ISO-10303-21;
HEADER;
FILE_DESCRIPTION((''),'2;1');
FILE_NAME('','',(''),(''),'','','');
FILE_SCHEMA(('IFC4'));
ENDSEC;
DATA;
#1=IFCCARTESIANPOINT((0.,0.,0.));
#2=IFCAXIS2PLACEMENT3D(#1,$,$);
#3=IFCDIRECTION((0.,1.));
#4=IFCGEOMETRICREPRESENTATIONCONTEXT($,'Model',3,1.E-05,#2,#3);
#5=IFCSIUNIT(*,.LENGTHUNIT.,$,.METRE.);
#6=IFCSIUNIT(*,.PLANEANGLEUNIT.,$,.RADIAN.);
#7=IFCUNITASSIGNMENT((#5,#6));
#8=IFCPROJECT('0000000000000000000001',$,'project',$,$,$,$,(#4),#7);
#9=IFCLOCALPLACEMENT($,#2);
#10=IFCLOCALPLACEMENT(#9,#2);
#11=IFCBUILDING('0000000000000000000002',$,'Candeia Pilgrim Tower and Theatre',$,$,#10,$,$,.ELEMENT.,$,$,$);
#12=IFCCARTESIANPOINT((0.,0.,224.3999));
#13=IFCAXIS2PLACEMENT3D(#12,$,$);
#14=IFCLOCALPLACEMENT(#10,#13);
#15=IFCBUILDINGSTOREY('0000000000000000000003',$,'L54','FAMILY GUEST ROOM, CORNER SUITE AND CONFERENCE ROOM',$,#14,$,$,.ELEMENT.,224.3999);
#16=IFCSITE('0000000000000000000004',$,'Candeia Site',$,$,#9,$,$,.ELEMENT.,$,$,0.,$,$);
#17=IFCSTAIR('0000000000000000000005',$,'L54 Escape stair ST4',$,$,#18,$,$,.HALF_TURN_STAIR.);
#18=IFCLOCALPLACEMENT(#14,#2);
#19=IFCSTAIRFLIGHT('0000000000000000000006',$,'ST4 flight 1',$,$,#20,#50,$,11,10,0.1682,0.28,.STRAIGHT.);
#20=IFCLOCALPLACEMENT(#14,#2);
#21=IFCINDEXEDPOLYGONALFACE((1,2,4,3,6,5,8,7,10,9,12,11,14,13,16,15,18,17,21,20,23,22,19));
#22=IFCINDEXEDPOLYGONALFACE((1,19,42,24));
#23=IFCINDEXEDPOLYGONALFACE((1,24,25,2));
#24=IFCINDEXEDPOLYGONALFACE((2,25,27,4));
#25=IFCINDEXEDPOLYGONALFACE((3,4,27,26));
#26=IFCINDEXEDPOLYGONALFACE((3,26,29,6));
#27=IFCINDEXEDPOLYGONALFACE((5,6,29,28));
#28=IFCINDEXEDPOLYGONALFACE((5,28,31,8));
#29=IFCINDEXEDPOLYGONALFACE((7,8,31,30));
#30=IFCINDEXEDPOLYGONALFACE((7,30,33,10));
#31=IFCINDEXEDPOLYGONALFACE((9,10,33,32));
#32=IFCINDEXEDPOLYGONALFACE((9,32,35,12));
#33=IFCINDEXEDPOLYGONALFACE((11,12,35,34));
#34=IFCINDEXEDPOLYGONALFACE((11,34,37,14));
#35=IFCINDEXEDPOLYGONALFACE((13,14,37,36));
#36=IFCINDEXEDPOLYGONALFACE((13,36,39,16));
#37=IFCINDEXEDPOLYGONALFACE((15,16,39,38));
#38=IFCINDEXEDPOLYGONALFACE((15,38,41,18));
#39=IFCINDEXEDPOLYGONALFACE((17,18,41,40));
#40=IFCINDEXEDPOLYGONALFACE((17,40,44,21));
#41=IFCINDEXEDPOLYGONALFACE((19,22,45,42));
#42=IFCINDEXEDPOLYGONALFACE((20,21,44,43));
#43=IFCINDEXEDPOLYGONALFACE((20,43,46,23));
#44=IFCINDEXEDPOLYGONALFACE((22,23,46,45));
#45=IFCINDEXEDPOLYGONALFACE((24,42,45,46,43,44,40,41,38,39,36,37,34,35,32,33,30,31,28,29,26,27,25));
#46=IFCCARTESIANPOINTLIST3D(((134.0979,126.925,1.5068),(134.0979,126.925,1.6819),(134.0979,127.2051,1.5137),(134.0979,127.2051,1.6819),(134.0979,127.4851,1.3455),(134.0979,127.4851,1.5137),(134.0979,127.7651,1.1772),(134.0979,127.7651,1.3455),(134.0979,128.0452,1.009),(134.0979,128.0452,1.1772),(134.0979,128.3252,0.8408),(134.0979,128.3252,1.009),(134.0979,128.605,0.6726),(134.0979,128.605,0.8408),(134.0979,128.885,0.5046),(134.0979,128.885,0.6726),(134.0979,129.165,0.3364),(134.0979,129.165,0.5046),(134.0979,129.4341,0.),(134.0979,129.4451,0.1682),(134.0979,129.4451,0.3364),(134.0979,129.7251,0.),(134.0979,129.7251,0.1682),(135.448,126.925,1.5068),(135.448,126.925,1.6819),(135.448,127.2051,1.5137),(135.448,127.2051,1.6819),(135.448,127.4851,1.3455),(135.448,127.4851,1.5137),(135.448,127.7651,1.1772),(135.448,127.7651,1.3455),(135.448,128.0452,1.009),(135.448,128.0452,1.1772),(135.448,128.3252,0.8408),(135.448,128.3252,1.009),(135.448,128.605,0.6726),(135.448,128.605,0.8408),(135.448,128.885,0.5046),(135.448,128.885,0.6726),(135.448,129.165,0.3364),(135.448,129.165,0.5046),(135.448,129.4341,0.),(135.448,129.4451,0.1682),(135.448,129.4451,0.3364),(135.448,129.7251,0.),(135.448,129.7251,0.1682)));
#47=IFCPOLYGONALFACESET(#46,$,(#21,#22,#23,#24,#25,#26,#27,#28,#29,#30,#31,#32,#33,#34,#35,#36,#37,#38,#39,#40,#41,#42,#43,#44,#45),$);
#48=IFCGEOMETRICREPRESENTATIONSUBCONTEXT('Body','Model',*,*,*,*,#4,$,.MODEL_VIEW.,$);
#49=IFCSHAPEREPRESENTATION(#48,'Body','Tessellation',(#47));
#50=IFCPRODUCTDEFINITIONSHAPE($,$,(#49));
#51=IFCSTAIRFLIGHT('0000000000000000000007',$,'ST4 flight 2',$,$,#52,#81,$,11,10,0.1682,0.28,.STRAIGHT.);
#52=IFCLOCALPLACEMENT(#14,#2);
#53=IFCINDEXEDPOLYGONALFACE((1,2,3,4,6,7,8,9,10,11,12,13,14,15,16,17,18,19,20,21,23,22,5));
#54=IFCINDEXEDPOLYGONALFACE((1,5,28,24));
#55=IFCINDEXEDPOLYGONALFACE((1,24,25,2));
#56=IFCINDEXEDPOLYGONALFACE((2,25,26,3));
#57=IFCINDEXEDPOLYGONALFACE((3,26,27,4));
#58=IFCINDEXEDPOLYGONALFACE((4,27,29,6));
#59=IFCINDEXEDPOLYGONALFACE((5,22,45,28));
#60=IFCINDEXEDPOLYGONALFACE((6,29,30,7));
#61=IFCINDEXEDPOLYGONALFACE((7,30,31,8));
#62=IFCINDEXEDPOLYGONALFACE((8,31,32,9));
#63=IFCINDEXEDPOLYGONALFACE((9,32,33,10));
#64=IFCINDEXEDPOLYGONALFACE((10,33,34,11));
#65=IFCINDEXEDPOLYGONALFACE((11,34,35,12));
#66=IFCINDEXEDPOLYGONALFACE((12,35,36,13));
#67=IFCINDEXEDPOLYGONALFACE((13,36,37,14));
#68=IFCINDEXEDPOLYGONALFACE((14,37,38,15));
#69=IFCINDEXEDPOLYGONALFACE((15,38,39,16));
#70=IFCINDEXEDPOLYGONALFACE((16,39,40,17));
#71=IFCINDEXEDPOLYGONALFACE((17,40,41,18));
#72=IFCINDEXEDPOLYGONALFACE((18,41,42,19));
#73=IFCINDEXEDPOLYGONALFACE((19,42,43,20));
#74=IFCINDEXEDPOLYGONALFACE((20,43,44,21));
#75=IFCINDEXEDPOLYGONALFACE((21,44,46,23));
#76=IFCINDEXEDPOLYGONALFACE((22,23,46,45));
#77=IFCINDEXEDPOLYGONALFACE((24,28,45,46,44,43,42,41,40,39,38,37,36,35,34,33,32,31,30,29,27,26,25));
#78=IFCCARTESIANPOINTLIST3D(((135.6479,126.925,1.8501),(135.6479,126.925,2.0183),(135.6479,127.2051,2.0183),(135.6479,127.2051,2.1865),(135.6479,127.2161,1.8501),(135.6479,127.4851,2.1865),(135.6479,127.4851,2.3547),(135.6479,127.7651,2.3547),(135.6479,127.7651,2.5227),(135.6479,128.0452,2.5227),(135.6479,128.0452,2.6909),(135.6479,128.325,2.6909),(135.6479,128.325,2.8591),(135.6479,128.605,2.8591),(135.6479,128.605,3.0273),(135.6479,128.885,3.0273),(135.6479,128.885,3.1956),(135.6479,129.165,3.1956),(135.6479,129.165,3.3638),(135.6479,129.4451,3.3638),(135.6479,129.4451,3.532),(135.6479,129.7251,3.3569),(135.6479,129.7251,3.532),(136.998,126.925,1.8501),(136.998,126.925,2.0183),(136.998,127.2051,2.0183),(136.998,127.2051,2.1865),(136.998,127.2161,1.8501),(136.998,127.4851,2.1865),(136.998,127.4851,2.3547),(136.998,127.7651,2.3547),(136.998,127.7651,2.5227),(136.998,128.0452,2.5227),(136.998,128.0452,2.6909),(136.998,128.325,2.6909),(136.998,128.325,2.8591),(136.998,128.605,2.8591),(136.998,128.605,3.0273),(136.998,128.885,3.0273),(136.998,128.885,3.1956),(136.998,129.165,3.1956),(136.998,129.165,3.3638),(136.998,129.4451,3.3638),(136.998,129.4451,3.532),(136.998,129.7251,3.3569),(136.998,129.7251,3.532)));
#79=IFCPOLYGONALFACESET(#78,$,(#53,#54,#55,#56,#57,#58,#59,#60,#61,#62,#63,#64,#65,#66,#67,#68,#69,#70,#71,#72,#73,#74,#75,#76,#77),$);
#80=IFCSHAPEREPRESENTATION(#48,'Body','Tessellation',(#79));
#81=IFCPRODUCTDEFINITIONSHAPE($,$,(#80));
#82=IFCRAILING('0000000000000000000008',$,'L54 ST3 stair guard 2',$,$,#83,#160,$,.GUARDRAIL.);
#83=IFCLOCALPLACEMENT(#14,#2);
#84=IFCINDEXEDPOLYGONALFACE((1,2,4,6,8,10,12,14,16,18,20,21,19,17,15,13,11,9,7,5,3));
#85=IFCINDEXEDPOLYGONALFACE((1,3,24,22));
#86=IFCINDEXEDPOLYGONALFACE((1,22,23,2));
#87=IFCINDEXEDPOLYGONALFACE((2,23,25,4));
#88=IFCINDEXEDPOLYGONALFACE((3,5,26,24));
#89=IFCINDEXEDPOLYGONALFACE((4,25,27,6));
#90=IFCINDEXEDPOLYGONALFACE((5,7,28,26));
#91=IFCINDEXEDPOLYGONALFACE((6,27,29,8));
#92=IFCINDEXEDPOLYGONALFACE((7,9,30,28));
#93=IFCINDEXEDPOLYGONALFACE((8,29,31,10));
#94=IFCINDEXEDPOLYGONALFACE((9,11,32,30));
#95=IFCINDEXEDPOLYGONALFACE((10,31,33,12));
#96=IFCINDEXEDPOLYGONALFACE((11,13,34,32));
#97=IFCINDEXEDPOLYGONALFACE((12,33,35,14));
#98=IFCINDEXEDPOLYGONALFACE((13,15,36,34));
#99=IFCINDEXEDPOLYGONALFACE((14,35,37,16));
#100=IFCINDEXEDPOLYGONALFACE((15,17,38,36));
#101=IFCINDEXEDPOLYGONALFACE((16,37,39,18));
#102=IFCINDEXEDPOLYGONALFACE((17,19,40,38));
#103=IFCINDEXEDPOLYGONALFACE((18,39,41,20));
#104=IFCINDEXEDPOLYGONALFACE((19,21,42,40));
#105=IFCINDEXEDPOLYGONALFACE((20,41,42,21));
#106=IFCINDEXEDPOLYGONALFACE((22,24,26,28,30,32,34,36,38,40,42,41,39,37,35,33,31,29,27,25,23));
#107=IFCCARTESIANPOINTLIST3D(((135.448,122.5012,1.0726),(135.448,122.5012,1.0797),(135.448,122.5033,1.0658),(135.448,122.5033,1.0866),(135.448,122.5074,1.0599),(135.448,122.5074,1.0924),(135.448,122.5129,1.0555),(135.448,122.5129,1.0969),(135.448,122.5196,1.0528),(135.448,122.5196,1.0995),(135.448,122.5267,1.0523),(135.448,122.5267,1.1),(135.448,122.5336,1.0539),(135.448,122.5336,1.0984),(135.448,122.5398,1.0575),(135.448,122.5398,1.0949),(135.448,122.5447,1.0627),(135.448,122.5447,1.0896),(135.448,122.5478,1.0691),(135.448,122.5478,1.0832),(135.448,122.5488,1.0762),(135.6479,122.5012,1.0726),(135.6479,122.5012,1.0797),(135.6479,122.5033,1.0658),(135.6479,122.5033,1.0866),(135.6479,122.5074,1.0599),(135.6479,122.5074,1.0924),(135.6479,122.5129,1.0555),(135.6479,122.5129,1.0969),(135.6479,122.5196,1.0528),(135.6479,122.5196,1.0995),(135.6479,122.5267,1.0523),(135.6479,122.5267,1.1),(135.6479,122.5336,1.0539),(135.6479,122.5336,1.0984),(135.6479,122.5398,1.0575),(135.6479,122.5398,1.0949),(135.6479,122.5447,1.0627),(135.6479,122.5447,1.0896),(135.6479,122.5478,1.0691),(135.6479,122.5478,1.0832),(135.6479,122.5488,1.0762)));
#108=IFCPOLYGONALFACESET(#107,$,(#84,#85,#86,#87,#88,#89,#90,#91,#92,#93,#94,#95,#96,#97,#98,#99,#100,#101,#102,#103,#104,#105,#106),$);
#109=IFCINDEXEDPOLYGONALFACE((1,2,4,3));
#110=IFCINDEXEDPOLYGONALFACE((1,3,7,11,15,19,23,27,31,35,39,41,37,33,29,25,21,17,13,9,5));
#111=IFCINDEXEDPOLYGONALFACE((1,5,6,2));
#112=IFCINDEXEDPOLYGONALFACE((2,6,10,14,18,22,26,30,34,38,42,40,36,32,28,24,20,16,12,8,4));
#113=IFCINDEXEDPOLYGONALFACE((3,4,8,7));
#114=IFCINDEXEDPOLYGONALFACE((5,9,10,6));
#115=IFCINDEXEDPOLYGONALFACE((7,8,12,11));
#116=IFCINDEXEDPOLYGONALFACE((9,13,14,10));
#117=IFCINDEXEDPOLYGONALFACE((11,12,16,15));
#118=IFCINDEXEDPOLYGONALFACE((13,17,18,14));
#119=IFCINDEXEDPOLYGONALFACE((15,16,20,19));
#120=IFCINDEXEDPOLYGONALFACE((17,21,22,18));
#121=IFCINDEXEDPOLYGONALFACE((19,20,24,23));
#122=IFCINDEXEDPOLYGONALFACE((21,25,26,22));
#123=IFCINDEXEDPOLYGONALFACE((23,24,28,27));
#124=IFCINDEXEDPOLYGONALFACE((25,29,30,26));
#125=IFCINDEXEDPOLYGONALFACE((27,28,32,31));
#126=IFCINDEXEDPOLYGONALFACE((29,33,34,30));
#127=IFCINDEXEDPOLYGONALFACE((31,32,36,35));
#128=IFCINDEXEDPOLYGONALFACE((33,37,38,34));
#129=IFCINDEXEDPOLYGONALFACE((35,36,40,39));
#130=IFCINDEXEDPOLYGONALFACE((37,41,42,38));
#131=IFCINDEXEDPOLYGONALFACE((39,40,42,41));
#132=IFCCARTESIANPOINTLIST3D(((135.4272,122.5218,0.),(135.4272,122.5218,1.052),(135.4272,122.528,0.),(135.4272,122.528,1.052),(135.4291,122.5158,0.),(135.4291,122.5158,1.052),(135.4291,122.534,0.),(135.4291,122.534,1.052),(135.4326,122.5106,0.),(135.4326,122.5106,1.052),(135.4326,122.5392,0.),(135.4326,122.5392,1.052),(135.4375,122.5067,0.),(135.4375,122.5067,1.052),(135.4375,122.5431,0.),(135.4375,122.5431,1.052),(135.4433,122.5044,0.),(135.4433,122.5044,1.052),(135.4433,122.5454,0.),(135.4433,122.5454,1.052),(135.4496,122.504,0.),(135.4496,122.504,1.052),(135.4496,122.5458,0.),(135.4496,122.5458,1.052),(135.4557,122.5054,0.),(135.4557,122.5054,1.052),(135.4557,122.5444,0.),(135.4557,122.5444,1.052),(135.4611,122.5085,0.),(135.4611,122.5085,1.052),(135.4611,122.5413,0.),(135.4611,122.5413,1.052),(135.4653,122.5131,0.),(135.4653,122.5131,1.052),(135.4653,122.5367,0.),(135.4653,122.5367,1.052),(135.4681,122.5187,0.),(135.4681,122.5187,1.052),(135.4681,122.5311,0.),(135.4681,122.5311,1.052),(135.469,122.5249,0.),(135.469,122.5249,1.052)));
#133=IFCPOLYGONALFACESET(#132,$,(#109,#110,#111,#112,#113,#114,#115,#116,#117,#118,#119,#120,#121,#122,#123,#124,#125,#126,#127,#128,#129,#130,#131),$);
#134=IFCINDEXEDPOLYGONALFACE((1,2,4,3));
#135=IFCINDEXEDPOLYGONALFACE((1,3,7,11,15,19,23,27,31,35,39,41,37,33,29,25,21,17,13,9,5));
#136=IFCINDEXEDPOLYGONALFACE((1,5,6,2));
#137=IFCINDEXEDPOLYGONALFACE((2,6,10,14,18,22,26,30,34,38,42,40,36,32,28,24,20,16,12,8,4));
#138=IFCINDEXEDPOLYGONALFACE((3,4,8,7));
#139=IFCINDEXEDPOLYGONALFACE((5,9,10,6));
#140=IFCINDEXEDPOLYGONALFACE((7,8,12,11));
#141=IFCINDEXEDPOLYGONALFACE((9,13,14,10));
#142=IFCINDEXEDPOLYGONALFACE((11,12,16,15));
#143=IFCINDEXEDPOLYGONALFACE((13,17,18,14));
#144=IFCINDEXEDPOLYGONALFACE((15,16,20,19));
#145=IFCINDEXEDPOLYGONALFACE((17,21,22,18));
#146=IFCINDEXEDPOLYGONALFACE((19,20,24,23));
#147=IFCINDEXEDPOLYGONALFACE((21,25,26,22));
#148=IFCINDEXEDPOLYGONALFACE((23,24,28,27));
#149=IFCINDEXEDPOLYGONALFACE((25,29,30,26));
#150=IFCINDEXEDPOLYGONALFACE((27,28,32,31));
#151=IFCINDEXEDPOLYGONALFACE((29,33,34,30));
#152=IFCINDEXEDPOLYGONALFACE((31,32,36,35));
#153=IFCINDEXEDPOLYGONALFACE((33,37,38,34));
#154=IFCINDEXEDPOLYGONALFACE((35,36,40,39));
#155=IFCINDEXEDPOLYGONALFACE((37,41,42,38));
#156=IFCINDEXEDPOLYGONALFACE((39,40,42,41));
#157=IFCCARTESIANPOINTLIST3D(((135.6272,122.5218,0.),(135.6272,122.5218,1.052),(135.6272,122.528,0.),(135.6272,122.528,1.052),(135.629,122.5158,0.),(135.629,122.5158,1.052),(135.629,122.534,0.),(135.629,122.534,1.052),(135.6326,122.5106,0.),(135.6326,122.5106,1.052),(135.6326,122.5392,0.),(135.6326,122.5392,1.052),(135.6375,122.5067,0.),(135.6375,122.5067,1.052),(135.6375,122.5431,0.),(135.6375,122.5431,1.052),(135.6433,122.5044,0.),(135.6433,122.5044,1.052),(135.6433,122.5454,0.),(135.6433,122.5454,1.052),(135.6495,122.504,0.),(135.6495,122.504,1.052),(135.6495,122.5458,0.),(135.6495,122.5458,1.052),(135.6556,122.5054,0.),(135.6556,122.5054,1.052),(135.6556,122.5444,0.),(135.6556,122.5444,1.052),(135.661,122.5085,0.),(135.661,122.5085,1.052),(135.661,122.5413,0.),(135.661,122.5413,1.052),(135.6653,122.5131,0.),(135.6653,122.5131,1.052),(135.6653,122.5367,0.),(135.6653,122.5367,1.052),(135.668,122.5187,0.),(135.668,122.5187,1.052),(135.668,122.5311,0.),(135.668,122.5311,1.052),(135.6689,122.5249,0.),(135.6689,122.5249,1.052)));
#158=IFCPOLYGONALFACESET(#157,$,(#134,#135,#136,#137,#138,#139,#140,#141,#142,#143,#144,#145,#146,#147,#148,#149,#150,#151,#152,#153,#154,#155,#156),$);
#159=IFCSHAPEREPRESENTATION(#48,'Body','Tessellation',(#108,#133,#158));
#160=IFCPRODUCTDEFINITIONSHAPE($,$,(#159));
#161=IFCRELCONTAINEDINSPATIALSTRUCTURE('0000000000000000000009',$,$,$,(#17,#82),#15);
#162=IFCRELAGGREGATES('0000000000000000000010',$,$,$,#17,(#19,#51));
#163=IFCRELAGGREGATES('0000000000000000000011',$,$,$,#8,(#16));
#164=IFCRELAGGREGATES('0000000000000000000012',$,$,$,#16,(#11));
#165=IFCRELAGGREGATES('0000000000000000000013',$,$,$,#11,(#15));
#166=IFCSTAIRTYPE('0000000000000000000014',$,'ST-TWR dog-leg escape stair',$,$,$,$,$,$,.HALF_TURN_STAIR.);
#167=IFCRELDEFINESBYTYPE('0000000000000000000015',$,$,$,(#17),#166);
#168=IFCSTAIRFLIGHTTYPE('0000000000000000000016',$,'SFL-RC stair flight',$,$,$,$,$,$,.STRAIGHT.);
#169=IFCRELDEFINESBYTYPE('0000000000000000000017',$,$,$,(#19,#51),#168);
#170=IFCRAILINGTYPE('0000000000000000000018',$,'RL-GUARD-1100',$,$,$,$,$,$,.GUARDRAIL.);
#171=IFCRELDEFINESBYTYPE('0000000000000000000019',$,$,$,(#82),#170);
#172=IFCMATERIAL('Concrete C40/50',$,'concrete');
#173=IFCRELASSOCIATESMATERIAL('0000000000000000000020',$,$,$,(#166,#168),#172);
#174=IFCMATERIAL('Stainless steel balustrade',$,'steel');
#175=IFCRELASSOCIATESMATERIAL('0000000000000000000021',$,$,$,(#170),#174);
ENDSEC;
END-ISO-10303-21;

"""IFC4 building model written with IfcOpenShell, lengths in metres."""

from ifc_helpers import new_model, si_unit, direction, frame, origin, origin_2d, place, context, subcontext, project, spatial, polyline, circle, outline, extrude, material, type_object, element, aggregate, save


model = new_model("IFC4")

# Units and contexts
model_context = context("Model", 3, precision=1e-05, world=origin(), true_north=direction((0.0, 1.0)))
body_context = subcontext(model_context, "Body", "Model", "MODEL_VIEW")
ifc_project = project(units=[si_unit("LENGTHUNIT", "METRE"), si_unit("PLANEANGLEUNIT", "RADIAN")], contexts=[model_context])

# Site, building, storey
site_placement = place(None, origin())
site = spatial("IfcSite", under=ifc_project, at=site_placement, Name="Candeia Site", CompositionType="ELEMENT", RefElevation=0.0)
building_placement = place(site_placement, origin())
building = spatial("IfcBuilding", under=site, at=building_placement, Name="Candeia Pilgrim Tower and Theatre", CompositionType="ELEMENT")
storey_placement = place(building_placement, frame((0.0, 0.0, 224.3999)))
storey = spatial("IfcBuildingStorey", under=building, at=storey_placement, Name="L54", Description="FAMILY GUEST ROOM, CORNER SUITE AND CONFERENCE ROOM", CompositionType="ELEMENT", Elevation=224.3999)

# Shared definitions
ifc_material_1 = material(Name="Concrete C40/50", Category="concrete")

# Stair, stair flights
stair_type = type_object("IfcStairType", Name="ST-TWR dog-leg escape stair", PredefinedType="HALF_TURN_STAIR", material=ifc_material_1)
stair_flight_type = type_object("IfcStairFlightType", Name="SFL-RC stair flight", PredefinedType="STRAIGHT", material=ifc_material_1)
stair_1_placement = place(storey_placement, origin())
stair_1 = element("IfcStair", 1, at=stair_1_placement, inside=storey, type_object=stair_type, Name="L54 Escape stair ST4", PredefinedType="HALF_TURN_STAIR")
stair_flight_1_placement = place(storey_placement, frame((134.7729, 129.7251, 0.0), z_axis=(0.0, 0.0, 1.0), x_axis=(0.0, -1.0, 0.0)))
stair_flight_1 = element("IfcStairFlight", 2, at=stair_flight_1_placement, type_object=stair_flight_type, Name="ST4 flight 1", NumberOfRisers=11, NumberOfTreads=10, PredefinedType="STRAIGHT", RiserHeight=0.1682, TreadLength=0.28, context=body_context, shape_type="SweptSolid", body=[
    extrude(outline(polyline([(0.0, 0.0), (0.0, 0.1682), (0.28, 0.1682), (0.28, 0.3364), (0.5601, 0.3364), (0.5601, 0.5046), (0.8401, 0.5046), (0.8401, 0.6726), (1.1201, 0.6726), (1.1201, 0.8408), (1.3999, 0.8408), (1.3999, 1.009), (1.6799, 1.009), (1.6799, 1.1772), (1.96, 1.1772), (1.96, 1.3455), (2.24, 1.3455), (2.24, 1.5137), (2.52, 1.5137), (2.52, 1.6819), (2.8, 1.6819), (2.8, 1.8501), (2.8, 1.5068), (0.291, 0.0), (0.0, 0.0)])), frame((0.0, 0.675, 0.0), z_axis=(0.0, -1.0, 0.0), x_axis=(1.0, 0.0, 0.0)), (0.0, 0.0, 1.0), 1.3501),
])
stair_flight_2_placement = place(storey_placement, frame((136.323, 126.925, 1.8501), z_axis=(0.0, 0.0, 1.0), x_axis=(0.0, 1.0, 0.0)))
stair_flight_2 = element("IfcStairFlight", 3, at=stair_flight_2_placement, type_object=stair_flight_type, Name="ST4 flight 2", NumberOfRisers=11, NumberOfTreads=10, PredefinedType="STRAIGHT", RiserHeight=0.1682, TreadLength=0.28, context=body_context, shape_type="SweptSolid", body=[
    extrude(outline(polyline([(0.0, 0.0), (0.0, 0.1682), (0.28, 0.1682), (0.28, 0.3364), (0.5601, 0.3364), (0.5601, 0.5046), (0.8401, 0.5046), (0.8401, 0.6726), (1.1201, 0.6726), (1.1201, 0.8408), (1.3999, 0.8408), (1.3999, 1.009), (1.6799, 1.009), (1.6799, 1.1772), (1.96, 1.1772), (1.96, 1.3455), (2.24, 1.3455), (2.24, 1.5137), (2.52, 1.5137), (2.52, 1.6819), (2.8, 1.6819), (2.8, 1.8501), (2.8, 1.5068), (0.291, 0.0), (0.0, 0.0)])), frame((0.0, 0.675, 0.0), z_axis=(0.0, -1.0, 0.0), x_axis=(1.0, 0.0, 0.0)), (0.0, 0.0, 1.0), 1.3501),
])
aggregate(stair_1, [stair_flight_1, stair_flight_2])

# Railing
ifc_material_2 = material(Name="Stainless steel balustrade", Category="steel")
railing_type_1 = type_object("IfcRailingType", Name="RL-GUARD-1100", PredefinedType="GUARDRAIL", material=ifc_material_2)
railing_1_placement = place(storey_placement, frame((135.448, 122.5249, 0.0)))
element("IfcRailing", 4, at=railing_1_placement, inside=storey, type_object=railing_type_1, Name="L54 ST3 stair guard 2", PredefinedType="GUARDRAIL", context=body_context, shape_type="SweptSolid", body=[
    extrude(circle(Radius=0.0239, at=origin_2d()), frame((0.0, 0.0, 1.0762), z_axis=(1.0, 0.0, 0.0), x_axis=(0.0, 1.0, 0.0)), (0.0, 0.0, 1.0), 0.2),
    extrude(circle(Radius=0.021, at=origin_2d()), origin(), (0.0, 0.0, 1.0), 1.052),
    extrude(circle(Radius=0.021, at=origin_2d()), frame((0.2, 0.0, 0.0)), (0.0, 0.0, 1.0), 1.052),
])

save(model, "model.ifc")
